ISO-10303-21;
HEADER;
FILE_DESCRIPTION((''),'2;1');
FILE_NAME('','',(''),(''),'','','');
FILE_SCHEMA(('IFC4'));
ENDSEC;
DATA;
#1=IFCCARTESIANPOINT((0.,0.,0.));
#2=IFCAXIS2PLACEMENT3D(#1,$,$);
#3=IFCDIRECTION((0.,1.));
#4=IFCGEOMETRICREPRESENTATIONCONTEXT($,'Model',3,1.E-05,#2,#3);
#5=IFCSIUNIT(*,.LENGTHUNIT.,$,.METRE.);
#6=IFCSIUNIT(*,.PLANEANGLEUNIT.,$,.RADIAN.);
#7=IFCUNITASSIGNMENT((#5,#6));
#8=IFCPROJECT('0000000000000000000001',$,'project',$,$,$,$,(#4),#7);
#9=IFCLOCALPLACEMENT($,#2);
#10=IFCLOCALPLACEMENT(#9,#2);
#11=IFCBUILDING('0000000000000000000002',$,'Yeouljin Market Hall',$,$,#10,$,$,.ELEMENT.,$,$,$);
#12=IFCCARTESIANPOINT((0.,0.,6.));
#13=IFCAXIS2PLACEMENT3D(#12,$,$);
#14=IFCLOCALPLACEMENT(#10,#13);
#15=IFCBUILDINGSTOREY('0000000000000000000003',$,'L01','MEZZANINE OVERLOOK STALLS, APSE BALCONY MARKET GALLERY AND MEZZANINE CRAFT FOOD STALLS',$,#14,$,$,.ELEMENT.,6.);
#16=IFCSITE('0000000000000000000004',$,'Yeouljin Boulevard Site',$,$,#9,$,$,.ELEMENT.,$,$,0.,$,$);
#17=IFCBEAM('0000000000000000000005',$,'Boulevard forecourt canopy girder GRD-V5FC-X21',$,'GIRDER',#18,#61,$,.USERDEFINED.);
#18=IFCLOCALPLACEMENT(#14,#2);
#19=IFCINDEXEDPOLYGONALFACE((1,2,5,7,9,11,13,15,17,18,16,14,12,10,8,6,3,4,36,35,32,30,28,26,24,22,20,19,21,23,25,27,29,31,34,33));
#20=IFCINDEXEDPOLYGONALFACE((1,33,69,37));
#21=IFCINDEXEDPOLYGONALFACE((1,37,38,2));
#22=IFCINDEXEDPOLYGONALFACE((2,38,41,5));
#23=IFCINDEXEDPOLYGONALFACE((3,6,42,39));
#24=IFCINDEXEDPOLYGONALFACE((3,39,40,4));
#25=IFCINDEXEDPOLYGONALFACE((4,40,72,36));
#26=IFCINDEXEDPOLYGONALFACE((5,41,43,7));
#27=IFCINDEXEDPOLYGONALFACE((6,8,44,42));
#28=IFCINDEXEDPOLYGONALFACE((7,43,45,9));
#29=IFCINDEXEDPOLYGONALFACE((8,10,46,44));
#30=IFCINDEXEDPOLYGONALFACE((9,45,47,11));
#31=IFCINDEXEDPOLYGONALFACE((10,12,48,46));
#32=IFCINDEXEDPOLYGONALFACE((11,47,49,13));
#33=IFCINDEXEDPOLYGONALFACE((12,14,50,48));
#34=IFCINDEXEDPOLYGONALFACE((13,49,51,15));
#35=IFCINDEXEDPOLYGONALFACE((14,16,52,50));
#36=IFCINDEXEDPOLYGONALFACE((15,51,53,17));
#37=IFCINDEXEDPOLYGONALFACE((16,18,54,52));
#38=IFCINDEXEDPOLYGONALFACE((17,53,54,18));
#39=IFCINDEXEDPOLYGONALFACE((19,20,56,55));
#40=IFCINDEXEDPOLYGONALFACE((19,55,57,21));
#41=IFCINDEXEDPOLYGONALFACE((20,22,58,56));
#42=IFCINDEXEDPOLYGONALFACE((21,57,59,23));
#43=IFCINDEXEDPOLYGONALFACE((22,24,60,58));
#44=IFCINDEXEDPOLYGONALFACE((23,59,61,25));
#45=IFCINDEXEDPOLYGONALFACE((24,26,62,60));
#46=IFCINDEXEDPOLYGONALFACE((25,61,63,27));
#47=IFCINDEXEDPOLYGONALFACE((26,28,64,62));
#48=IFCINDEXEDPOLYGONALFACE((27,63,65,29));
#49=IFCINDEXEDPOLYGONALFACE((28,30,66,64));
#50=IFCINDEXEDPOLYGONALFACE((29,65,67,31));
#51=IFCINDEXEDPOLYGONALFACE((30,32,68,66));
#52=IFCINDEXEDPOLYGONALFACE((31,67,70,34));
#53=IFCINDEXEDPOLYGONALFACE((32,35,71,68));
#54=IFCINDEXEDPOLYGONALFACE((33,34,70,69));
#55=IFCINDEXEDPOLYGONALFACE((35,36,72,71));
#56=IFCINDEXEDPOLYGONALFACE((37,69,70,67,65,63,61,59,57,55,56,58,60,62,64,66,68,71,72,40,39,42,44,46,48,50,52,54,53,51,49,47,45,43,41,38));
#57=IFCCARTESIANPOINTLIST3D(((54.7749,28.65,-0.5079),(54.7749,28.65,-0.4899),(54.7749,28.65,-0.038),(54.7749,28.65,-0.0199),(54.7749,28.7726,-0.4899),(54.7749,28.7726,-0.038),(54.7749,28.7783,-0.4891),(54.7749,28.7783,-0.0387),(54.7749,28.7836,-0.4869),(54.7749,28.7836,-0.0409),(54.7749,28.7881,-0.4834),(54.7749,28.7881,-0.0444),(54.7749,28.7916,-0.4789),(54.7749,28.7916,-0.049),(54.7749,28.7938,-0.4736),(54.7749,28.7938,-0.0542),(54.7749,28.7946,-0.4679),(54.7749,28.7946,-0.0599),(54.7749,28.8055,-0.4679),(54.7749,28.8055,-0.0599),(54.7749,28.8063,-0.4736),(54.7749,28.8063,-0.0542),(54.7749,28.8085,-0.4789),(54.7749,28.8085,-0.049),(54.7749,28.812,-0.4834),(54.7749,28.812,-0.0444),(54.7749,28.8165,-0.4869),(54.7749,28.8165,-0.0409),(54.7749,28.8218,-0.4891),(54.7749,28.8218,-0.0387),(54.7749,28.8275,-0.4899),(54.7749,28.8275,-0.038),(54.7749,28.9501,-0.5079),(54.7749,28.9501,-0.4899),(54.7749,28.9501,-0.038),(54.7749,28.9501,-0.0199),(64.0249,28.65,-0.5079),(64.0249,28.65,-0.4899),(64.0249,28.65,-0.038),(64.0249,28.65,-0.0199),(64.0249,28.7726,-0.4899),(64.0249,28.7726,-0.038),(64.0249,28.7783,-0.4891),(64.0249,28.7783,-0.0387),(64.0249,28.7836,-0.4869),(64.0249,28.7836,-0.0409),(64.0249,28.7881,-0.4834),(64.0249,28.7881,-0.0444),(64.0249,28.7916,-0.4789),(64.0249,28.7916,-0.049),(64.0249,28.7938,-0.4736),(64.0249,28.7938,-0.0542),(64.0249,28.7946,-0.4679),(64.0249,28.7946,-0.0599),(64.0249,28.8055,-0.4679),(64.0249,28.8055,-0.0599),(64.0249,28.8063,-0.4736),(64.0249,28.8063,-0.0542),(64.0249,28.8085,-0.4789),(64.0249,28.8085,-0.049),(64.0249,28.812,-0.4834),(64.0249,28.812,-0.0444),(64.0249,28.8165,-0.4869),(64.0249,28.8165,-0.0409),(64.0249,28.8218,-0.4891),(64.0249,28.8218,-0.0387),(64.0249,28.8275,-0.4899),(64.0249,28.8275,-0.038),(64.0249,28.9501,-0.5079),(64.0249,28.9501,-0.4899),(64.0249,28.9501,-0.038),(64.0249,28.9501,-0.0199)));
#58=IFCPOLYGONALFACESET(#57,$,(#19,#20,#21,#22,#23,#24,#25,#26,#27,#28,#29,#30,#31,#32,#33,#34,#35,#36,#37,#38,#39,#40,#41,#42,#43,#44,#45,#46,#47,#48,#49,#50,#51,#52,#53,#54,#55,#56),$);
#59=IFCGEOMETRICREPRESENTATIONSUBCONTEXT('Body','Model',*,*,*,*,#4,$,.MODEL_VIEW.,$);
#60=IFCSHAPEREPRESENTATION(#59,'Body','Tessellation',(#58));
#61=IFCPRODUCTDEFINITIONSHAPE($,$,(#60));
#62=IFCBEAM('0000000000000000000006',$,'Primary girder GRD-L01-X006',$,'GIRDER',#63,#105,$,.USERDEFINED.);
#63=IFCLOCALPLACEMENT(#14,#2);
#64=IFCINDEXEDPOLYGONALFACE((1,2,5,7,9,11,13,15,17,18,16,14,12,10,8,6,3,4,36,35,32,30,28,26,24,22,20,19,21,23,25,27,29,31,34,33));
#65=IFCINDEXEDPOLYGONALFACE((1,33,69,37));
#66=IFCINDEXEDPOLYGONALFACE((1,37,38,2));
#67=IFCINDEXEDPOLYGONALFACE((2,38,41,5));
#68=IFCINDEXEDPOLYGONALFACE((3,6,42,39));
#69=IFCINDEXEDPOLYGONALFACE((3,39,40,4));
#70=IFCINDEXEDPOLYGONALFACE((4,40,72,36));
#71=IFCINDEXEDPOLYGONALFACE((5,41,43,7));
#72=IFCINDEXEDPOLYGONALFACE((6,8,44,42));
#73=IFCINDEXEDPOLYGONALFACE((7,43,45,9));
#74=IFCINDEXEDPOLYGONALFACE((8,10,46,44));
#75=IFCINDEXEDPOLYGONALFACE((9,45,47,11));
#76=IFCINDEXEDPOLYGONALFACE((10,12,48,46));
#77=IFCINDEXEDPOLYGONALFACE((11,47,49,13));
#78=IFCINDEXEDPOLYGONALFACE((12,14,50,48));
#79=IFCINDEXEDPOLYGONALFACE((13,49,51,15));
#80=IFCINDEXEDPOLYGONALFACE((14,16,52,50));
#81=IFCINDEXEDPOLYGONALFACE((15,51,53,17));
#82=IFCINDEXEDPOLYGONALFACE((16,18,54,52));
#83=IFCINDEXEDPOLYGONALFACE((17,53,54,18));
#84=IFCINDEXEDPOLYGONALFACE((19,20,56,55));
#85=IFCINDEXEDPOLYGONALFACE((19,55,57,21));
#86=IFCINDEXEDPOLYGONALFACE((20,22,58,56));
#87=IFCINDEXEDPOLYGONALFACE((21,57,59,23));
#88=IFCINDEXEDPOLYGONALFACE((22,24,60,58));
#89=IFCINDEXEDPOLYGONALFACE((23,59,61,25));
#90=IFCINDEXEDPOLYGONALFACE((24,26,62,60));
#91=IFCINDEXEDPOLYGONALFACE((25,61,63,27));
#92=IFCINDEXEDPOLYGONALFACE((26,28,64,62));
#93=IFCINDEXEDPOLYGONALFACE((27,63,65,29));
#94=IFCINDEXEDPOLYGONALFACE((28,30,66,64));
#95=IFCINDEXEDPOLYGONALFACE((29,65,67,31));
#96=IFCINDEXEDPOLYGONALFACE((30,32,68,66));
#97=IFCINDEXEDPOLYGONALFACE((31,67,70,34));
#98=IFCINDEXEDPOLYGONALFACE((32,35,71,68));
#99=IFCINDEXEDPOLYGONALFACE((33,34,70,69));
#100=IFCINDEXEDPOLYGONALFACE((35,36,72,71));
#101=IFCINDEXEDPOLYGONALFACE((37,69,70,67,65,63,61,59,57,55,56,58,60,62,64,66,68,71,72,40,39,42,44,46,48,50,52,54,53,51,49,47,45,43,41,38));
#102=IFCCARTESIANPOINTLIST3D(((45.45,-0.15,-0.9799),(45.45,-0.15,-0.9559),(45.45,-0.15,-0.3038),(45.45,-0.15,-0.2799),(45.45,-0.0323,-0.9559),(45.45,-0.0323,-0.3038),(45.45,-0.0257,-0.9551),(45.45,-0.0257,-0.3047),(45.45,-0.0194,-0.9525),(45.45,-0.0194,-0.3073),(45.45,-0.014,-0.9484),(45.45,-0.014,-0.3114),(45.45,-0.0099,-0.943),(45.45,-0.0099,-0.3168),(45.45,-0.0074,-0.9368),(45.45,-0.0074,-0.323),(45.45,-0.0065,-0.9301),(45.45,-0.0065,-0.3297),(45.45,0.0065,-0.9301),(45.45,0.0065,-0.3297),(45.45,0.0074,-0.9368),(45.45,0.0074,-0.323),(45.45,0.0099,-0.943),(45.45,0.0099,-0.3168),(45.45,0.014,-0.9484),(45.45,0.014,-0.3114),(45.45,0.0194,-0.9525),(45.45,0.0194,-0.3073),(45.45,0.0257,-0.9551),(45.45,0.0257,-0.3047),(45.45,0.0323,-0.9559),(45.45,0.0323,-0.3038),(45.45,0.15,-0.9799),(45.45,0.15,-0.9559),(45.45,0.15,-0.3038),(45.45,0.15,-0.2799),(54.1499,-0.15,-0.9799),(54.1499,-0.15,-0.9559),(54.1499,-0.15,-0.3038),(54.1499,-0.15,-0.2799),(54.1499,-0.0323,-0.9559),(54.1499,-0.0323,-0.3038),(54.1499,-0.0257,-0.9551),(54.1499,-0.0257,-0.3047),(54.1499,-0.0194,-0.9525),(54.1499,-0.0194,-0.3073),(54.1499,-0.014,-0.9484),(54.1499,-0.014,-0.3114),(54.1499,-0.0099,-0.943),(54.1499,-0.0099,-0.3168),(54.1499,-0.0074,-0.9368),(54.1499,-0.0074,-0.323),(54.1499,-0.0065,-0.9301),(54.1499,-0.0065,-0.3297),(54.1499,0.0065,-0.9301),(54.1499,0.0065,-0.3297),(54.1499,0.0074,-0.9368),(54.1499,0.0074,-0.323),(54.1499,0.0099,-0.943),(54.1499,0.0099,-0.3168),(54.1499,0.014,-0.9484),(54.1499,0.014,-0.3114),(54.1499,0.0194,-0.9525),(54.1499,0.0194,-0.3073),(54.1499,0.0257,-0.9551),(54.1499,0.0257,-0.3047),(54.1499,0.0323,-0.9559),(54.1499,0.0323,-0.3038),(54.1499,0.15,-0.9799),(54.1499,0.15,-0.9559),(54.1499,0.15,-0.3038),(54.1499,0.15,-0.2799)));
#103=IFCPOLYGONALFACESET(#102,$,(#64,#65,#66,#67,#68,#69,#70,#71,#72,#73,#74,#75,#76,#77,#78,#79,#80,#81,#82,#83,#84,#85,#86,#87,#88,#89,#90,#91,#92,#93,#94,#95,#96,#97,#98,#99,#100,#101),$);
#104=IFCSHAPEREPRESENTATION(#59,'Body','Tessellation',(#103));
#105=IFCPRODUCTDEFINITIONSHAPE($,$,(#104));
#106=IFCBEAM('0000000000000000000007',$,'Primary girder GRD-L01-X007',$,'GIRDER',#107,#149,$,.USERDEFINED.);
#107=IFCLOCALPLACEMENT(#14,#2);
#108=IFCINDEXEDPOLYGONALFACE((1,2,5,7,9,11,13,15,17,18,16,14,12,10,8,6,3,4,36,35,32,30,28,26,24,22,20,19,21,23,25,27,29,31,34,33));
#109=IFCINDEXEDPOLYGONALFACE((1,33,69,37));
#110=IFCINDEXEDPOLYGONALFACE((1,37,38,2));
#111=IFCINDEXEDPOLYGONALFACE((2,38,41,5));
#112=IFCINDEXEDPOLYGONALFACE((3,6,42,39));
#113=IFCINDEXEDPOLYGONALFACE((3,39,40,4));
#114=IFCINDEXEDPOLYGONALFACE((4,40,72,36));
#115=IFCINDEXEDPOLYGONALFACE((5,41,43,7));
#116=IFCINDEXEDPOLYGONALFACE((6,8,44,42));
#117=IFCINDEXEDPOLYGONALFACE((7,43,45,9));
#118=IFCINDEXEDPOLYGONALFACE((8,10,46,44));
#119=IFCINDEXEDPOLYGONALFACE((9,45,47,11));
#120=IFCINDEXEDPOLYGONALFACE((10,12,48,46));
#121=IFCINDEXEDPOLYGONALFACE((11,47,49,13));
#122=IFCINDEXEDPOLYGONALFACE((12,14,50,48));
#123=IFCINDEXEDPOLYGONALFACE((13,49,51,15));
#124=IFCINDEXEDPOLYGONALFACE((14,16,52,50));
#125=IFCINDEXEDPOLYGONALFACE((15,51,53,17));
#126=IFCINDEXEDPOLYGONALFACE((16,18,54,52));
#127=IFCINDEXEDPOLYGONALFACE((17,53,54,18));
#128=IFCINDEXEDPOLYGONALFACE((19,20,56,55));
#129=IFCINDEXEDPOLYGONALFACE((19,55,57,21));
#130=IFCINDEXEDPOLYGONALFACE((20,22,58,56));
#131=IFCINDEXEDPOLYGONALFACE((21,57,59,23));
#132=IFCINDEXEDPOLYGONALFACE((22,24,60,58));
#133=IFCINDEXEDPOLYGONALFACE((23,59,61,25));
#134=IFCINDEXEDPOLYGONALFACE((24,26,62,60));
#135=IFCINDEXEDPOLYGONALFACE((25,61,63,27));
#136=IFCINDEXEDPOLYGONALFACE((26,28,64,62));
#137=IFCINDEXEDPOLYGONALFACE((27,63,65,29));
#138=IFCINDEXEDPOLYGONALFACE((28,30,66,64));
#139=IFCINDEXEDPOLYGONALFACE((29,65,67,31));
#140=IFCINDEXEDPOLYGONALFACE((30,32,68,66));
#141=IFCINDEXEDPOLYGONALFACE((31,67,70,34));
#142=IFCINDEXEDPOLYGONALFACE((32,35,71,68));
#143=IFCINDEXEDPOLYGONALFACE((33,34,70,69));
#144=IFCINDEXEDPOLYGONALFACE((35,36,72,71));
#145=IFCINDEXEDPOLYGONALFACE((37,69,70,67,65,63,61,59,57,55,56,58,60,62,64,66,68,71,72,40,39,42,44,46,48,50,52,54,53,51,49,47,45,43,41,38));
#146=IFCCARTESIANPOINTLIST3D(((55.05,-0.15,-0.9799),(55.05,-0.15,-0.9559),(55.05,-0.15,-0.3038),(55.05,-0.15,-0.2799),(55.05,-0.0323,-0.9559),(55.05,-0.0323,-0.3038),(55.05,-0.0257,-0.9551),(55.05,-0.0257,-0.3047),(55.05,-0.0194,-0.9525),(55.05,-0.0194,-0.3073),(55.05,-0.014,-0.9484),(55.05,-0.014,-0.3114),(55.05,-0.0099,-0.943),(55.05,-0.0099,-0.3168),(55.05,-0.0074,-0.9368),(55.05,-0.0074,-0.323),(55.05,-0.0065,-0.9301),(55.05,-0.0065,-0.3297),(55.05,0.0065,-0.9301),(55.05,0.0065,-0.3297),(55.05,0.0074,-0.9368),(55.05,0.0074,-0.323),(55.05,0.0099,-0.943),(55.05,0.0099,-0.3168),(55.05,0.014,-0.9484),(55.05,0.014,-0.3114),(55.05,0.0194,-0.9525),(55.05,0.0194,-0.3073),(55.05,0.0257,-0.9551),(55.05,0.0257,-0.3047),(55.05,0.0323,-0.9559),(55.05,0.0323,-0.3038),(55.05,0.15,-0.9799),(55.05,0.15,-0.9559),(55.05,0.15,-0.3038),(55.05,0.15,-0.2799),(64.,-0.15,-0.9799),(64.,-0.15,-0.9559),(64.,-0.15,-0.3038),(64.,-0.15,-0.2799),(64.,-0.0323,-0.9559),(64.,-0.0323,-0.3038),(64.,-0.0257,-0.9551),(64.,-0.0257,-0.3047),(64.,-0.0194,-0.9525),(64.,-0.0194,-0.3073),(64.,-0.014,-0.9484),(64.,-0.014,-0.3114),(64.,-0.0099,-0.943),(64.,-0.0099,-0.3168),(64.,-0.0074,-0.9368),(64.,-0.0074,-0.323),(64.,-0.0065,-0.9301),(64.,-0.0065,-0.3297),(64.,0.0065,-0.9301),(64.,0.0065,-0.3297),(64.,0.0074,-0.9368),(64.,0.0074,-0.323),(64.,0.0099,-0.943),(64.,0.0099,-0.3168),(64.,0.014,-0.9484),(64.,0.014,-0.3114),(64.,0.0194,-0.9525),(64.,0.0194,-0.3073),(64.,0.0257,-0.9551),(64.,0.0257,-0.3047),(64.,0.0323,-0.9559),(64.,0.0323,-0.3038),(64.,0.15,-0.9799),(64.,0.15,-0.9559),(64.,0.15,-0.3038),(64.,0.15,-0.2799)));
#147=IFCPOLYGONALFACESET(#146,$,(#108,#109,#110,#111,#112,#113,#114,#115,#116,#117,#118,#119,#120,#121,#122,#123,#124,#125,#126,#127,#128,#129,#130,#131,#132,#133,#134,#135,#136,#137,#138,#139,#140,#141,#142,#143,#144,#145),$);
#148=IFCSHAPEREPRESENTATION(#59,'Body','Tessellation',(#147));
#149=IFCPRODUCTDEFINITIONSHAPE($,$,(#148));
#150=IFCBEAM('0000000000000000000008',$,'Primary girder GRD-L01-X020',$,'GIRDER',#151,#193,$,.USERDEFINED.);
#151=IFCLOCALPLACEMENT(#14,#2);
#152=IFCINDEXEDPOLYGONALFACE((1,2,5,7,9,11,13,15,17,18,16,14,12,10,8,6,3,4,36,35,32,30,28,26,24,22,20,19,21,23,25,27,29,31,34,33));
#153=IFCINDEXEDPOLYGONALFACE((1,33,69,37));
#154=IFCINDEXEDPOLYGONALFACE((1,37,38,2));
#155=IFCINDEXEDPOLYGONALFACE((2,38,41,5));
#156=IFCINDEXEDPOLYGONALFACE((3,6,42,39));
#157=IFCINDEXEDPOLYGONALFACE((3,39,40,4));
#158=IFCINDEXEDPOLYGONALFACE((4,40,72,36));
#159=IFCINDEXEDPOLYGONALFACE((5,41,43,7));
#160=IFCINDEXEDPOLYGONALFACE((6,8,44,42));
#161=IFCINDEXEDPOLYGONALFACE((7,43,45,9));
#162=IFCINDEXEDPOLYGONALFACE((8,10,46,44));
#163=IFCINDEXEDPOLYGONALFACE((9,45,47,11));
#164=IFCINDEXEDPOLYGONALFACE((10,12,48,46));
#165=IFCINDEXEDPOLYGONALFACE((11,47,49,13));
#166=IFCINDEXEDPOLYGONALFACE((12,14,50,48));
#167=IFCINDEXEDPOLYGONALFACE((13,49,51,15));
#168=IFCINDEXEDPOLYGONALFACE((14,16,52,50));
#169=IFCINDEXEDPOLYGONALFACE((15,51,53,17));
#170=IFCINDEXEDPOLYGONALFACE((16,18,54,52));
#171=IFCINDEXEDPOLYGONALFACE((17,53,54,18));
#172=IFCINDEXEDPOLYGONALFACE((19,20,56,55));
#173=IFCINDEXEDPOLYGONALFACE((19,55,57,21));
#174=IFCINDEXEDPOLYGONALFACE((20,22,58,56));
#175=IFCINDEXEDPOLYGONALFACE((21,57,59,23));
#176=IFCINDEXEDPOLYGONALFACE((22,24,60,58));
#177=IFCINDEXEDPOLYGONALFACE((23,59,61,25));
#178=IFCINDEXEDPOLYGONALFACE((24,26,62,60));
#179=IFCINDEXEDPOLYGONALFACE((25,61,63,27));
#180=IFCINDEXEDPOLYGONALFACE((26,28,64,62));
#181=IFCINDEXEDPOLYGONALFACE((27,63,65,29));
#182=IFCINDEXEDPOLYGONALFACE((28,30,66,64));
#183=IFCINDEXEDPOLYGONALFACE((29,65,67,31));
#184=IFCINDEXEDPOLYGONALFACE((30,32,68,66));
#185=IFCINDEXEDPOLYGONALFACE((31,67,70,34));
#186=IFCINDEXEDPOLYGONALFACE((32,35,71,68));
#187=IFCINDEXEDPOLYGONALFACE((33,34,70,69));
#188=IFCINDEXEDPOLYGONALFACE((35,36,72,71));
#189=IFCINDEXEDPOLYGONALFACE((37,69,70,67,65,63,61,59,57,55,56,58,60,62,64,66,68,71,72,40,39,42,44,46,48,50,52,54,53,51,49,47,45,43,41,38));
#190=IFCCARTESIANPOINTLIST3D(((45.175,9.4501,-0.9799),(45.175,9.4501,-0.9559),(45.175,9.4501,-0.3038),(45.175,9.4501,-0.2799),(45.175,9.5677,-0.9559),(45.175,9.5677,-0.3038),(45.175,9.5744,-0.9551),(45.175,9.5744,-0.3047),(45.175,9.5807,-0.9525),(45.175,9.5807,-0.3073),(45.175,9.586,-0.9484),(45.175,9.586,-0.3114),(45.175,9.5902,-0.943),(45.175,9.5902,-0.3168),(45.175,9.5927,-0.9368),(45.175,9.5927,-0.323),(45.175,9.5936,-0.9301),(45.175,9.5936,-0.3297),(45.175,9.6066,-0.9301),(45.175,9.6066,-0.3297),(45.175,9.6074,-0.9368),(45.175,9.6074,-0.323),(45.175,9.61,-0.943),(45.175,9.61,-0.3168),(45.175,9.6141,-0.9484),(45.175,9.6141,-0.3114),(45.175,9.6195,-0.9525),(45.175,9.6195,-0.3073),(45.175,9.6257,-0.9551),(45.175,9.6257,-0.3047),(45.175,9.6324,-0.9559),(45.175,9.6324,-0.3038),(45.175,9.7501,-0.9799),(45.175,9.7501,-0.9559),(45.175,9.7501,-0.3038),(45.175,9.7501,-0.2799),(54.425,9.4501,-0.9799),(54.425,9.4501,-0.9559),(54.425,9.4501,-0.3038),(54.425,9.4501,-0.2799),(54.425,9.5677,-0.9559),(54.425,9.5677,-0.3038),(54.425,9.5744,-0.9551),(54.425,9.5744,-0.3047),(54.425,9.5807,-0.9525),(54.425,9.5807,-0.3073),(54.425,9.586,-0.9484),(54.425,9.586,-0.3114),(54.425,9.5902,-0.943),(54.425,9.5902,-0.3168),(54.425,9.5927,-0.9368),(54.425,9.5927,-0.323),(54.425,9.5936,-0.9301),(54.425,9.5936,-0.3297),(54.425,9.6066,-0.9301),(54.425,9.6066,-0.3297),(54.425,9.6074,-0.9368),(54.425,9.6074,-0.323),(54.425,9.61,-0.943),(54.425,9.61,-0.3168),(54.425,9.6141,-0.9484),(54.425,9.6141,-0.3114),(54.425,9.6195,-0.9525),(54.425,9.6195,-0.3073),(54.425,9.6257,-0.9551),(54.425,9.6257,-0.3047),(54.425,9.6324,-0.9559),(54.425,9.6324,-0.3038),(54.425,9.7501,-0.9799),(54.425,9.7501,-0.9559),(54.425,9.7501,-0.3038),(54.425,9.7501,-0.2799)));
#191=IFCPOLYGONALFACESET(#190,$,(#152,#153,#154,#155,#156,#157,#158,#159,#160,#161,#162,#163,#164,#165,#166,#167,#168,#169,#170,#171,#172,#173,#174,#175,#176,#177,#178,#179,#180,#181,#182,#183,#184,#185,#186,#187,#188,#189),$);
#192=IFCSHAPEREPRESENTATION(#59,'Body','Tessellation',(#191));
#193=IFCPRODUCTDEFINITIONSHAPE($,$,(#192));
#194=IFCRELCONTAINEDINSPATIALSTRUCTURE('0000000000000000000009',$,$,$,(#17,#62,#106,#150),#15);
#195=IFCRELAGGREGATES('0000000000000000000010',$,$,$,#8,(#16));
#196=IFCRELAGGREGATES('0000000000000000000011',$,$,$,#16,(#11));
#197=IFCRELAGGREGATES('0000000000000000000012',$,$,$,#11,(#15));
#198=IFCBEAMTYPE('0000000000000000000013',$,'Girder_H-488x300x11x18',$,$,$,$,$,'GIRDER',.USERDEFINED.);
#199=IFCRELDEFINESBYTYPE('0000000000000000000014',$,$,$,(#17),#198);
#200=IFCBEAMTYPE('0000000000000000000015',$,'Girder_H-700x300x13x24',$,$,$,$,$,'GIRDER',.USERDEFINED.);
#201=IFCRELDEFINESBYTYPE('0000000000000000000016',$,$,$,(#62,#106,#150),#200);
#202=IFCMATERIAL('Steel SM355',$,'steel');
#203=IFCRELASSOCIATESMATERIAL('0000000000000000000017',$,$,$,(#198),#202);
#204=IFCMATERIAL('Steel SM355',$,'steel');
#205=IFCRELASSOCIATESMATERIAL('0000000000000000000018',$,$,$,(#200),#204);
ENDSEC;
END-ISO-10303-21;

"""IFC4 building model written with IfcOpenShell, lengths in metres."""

from ifc_helpers import new_model, si_unit, direction, frame, origin, origin_2d, place, context, subcontext, project, spatial, i_section, extrude, material, material_profile, profile_set, type_object, element, save


model = new_model("IFC4")

# Units and contexts
model_context = context("Model", 3, precision=1e-05, world=origin(), true_north=direction((0.0, 1.0)))
body_context = subcontext(model_context, "Body", "Model", "MODEL_VIEW")
ifc_project = project(units=[si_unit("LENGTHUNIT", "METRE"), si_unit("PLANEANGLEUNIT", "RADIAN")], contexts=[model_context])

# Site, building, storey
site_placement = place(None, origin())
site = spatial("IfcSite", under=ifc_project, at=site_placement, Name="Yeouljin Boulevard Site", CompositionType="ELEMENT", RefElevation=0.0)
building_placement = place(site_placement, origin())
building = spatial("IfcBuilding", under=site, at=building_placement, Name="Yeouljin Market Hall", CompositionType="ELEMENT")
storey_placement = place(building_placement, frame((0.0, 0.0, 6.0)))
storey = spatial("IfcBuildingStorey", under=building, at=storey_placement, Name="L01", Description="MEZZANINE OVERLOOK STALLS, APSE BALCONY MARKET GALLERY AND MEZZANINE CRAFT FOOD STALLS", CompositionType="ELEMENT", Elevation=6.0)

# Beams
ifc_material_1 = material(Name="Steel SM355", Category="steel")
ifc_material_profile_1 = material_profile(ifc_material_1, i_section(OverallWidth=0.3, OverallDepth=0.488, WebThickness=0.011, FlangeThickness=0.0181, FilletRadius=0.022, at=origin_2d()), Name="H-488x300x11x18")
ifc_profile_set_1 = profile_set([ifc_material_profile_1], Name="Steel SM355")
beam_type_1 = type_object("IfcBeamType", Name="Girder_H-488x300x11x18", ElementType="GIRDER", PredefinedType="USERDEFINED", material=ifc_profile_set_1)
for number, where, z_axis, x_axis, name in (
    (1, (54.7749, 28.8, -0.2639), (1.0, 0.0, 0.0), (0.0, 1.0, 0.0), "Boulevard forecourt canopy girder GRD-V5FC-X21"),
):
    element("IfcBeam", number, at=place(storey_placement, frame(where, z_axis=z_axis, x_axis=x_axis)), inside=storey, type_object=beam_type_1, Name=name, ObjectType="GIRDER", PredefinedType="USERDEFINED", context=body_context, shape_type="SweptSolid", body=[
        extrude(i_section(OverallWidth=0.3, OverallDepth=0.488, WebThickness=0.011, FlangeThickness=0.0181, FilletRadius=0.022, at=origin_2d()), origin(), (0.0, 0.0, 1.0), 9.25),
    ])
ifc_material_2 = material(Name="Steel SM355", Category="steel")
ifc_material_profile_2 = material_profile(ifc_material_2, i_section(OverallWidth=0.3, OverallDepth=0.7, WebThickness=0.0129, FlangeThickness=0.0239, FilletRadius=0.0259, at=origin_2d()), Name="H-700x300x13x24")
ifc_profile_set_2 = profile_set([ifc_material_profile_2], Name="Steel SM355")
beam_type_2 = type_object("IfcBeamType", Name="Girder_H-700x300x13x24", ElementType="GIRDER", PredefinedType="USERDEFINED", material=ifc_profile_set_2)
beam_1_placement = place(storey_placement, frame((45.45, 0.0, -0.6299), z_axis=(1.0, 0.0, 0.0), x_axis=(0.0, 1.0, 0.0)))
element("IfcBeam", 2, at=beam_1_placement, inside=storey, type_object=beam_type_2, Name="Primary girder GRD-L01-X006", ObjectType="GIRDER", PredefinedType="USERDEFINED", context=body_context, shape_type="SweptSolid", body=[
    extrude(i_section(OverallWidth=0.3, OverallDepth=0.7, WebThickness=0.0129, FlangeThickness=0.0239, FilletRadius=0.0259, at=origin_2d()), origin(), (0.0, 0.0, 1.0), 8.7),
])
beam_2_placement = place(storey_placement, frame((55.05, 0.0, -0.6299), z_axis=(1.0, 0.0, 0.0), x_axis=(0.0, 1.0, 0.0)))
element("IfcBeam", 3, at=beam_2_placement, inside=storey, type_object=beam_type_2, Name="Primary girder GRD-L01-X007", ObjectType="GIRDER", PredefinedType="USERDEFINED", context=body_context, shape_type="SweptSolid", body=[
    extrude(i_section(OverallWidth=0.3, OverallDepth=0.7, WebThickness=0.0129, FlangeThickness=0.0239, FilletRadius=0.0259, at=origin_2d()), origin(), (0.0, 0.0, 1.0), 8.95),
])
for number, where, z_axis, x_axis, name in (
    (4, (45.175, 9.6001, -0.6299), (1.0, 0.0, 0.0), (0.0, 1.0, 0.0), "Primary girder GRD-L01-X020"),
):
    element("IfcBeam", number, at=place(storey_placement, frame(where, z_axis=z_axis, x_axis=x_axis)), inside=storey, type_object=beam_type_2, Name=name, ObjectType="GIRDER", PredefinedType="USERDEFINED", context=body_context, shape_type="SweptSolid", body=[
        extrude(i_section(OverallWidth=0.3, OverallDepth=0.7, WebThickness=0.0129, FlangeThickness=0.0239, FilletRadius=0.0259, at=origin_2d()), origin(), (0.0, 0.0, 1.0), 9.25),
    ])

save(model, "model.ifc")
